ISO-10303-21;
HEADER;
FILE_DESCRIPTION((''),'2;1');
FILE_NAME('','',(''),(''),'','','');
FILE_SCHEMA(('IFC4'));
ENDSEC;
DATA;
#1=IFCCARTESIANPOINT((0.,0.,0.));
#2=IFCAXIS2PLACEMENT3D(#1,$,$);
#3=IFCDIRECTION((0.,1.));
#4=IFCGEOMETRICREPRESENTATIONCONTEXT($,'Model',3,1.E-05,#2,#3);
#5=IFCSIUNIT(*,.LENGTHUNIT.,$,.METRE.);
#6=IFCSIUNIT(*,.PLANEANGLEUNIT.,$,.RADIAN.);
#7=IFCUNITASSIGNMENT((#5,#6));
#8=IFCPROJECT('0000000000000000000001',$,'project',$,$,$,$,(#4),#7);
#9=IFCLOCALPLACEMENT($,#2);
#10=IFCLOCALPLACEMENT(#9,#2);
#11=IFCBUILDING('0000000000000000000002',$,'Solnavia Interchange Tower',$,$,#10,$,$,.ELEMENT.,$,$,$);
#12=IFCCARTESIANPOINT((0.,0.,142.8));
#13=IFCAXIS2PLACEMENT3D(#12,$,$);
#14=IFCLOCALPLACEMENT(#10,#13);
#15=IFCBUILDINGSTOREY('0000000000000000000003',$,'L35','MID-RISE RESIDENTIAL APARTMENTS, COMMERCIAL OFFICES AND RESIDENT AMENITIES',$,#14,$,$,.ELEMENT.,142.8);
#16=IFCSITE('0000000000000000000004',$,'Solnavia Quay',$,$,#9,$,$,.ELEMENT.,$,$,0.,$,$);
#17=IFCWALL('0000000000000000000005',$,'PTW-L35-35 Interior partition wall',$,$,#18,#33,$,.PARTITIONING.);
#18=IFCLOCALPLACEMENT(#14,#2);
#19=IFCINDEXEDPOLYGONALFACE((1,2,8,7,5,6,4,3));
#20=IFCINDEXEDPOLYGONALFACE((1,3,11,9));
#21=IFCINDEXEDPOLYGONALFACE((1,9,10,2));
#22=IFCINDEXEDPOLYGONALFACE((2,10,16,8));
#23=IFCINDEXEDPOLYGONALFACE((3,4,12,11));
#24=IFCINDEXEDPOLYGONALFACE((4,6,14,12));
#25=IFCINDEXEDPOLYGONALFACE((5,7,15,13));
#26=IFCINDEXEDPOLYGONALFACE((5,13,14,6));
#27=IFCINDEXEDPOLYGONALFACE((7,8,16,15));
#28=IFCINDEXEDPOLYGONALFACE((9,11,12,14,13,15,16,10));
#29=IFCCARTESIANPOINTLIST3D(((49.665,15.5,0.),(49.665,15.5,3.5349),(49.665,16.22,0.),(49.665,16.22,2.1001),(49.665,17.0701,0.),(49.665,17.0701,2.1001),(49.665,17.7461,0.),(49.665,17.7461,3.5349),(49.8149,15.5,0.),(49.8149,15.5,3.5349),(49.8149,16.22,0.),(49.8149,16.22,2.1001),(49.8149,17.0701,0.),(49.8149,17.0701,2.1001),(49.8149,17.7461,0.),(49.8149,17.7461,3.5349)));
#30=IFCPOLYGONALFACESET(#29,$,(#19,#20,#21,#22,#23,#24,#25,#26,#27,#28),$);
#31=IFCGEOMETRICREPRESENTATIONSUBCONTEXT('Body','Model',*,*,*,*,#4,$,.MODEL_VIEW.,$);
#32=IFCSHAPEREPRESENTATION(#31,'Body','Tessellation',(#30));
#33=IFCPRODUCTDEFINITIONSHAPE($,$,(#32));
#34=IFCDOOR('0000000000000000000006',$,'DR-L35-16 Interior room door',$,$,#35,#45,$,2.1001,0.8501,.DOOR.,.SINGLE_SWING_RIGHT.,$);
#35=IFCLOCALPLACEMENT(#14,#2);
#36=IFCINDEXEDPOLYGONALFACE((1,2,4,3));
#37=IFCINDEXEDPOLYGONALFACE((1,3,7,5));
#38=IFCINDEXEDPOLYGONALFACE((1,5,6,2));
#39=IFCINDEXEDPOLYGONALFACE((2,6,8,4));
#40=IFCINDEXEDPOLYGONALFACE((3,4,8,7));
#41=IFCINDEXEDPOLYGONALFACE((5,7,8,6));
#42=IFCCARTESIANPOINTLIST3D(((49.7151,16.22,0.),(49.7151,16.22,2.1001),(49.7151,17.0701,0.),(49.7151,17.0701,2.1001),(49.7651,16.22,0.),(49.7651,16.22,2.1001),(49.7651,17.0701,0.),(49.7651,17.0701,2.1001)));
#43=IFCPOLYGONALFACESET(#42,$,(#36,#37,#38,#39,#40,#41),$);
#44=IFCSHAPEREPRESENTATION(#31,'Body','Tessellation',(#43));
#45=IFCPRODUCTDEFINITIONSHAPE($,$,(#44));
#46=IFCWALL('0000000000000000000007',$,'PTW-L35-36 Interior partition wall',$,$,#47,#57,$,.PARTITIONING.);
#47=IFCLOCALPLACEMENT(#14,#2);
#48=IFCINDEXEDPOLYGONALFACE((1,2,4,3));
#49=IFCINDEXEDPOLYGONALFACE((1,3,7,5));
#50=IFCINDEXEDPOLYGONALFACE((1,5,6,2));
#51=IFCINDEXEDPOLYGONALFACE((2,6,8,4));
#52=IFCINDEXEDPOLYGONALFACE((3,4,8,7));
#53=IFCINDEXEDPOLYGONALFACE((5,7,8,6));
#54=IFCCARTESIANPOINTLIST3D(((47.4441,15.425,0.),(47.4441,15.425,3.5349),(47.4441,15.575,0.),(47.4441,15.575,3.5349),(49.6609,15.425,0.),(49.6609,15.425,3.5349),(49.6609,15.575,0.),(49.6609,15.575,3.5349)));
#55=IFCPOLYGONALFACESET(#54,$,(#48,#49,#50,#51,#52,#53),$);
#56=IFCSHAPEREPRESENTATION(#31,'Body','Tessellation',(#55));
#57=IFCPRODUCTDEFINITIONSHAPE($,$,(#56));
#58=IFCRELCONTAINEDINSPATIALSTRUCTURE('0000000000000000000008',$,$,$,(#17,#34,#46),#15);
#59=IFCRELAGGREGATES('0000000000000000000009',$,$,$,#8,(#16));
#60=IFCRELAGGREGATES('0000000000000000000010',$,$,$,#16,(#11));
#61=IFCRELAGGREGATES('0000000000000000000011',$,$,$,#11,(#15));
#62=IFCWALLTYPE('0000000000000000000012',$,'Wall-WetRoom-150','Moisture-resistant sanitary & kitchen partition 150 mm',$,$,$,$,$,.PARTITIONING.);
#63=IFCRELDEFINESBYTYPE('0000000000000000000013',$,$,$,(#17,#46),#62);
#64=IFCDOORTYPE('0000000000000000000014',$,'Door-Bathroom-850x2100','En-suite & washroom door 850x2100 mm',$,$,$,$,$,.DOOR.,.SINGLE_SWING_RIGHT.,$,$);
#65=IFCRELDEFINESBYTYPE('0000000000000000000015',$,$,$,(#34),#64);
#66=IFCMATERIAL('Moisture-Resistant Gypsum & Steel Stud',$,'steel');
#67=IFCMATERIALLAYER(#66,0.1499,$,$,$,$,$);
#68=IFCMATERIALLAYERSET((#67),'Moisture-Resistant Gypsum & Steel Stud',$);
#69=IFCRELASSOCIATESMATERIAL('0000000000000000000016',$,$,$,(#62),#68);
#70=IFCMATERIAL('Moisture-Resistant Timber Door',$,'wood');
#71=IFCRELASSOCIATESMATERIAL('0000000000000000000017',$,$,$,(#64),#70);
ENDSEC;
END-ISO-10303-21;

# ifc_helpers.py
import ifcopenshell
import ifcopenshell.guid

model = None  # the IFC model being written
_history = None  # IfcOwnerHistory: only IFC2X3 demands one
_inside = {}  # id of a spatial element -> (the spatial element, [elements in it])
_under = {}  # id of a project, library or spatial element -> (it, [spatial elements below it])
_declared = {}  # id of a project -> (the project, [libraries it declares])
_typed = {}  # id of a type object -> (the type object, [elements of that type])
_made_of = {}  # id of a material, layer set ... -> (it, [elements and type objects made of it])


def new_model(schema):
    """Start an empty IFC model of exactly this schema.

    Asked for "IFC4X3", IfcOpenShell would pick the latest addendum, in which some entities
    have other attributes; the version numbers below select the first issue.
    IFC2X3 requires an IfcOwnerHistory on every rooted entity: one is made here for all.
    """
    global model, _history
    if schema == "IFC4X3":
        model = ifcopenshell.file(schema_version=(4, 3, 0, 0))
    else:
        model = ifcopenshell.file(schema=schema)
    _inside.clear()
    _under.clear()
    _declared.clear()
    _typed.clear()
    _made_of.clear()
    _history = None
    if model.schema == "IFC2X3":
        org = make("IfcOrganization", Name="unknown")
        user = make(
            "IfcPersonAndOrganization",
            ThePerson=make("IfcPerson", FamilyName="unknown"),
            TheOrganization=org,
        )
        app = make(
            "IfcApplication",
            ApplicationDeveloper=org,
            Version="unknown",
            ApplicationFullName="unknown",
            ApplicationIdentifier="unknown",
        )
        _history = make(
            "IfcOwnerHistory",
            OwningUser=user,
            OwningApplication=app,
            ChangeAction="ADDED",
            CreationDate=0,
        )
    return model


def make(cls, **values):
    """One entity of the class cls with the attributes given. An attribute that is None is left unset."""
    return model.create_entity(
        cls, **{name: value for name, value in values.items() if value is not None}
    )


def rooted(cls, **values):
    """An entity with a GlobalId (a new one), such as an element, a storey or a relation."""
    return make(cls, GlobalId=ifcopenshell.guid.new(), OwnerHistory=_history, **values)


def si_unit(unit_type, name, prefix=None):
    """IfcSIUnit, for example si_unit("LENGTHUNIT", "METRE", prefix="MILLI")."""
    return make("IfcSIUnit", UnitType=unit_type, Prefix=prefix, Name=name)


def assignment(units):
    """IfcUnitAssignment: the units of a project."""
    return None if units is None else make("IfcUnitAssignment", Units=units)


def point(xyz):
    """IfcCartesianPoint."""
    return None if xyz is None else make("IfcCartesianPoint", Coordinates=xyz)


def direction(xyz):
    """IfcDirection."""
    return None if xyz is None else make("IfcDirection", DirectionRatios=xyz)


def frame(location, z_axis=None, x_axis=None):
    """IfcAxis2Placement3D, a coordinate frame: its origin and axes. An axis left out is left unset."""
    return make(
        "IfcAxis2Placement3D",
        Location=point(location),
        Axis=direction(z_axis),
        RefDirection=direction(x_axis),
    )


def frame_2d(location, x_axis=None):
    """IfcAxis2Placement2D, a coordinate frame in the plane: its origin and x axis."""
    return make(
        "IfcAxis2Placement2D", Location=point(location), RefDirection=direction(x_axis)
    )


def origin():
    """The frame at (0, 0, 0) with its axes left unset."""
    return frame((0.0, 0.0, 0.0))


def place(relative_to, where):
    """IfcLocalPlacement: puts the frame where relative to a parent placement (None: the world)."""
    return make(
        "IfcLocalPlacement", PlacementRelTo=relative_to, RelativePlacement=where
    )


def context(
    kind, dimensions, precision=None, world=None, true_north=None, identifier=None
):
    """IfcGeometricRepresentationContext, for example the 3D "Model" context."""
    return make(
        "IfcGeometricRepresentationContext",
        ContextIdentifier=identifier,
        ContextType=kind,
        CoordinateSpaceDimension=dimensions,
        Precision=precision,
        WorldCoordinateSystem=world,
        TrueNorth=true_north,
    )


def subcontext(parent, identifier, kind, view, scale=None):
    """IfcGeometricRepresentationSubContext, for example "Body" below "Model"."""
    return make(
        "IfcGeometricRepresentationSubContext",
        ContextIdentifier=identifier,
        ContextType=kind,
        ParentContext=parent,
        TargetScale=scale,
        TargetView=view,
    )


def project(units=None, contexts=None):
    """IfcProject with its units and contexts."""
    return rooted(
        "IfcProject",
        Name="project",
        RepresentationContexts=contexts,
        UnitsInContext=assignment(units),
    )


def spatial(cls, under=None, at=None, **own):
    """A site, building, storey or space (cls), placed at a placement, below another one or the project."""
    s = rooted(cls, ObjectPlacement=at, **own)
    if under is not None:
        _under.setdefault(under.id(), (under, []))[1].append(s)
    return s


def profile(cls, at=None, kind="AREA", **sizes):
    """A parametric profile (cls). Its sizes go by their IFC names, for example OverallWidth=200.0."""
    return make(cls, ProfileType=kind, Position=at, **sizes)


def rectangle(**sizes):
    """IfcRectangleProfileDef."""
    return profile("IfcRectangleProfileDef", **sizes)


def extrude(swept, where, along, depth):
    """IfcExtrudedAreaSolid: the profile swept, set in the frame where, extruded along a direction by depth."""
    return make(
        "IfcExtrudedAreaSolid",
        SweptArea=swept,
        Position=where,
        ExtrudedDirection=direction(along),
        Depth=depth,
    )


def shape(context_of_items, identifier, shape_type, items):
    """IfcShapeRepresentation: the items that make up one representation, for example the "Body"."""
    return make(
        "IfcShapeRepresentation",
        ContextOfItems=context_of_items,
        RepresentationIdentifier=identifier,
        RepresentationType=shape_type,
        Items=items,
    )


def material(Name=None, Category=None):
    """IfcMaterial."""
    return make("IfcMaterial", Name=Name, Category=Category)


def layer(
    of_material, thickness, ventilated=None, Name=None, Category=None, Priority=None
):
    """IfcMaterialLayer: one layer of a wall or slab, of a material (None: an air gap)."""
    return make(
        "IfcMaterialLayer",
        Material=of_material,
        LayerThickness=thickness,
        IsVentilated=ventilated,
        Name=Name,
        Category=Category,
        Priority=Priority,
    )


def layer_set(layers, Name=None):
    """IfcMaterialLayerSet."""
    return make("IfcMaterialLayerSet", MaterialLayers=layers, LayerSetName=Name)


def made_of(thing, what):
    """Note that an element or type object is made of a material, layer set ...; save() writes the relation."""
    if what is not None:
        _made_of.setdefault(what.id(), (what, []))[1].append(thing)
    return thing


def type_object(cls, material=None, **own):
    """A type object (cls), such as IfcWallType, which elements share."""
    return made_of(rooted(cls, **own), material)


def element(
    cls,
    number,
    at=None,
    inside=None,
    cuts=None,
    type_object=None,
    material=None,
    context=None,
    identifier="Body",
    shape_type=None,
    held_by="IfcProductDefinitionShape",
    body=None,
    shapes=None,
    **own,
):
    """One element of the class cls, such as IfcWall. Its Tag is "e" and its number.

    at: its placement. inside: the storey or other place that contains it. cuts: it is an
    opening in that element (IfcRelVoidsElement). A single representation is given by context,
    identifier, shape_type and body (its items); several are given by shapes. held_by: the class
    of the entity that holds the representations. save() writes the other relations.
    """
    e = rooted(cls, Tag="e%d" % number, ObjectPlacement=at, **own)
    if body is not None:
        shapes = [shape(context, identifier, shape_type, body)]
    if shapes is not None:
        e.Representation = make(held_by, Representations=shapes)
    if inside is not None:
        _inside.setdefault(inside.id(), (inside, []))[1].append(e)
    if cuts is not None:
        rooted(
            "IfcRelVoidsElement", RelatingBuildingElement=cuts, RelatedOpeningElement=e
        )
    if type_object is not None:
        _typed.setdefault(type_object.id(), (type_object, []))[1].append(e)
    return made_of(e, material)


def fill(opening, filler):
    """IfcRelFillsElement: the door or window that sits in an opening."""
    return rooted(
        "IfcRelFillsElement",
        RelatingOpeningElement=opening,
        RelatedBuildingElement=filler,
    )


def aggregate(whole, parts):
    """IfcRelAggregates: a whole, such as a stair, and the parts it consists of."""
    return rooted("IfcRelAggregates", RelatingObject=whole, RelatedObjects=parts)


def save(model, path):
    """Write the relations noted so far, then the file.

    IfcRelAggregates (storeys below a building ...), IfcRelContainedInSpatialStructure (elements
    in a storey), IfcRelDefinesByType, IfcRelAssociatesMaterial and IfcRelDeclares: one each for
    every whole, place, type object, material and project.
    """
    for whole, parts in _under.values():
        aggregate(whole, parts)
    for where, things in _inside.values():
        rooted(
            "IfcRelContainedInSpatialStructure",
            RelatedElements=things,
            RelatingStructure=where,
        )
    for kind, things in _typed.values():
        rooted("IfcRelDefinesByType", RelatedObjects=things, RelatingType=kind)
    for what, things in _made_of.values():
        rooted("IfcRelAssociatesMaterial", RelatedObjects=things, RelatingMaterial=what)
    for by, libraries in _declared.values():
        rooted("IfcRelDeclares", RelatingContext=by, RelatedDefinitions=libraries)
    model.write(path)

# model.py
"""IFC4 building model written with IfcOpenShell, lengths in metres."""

from ifc_helpers import new_model, si_unit, direction, frame, frame_2d, origin, place, context, subcontext, project, spatial, rectangle, extrude, material, layer, layer_set, type_object, element, fill, save


model = new_model("IFC4")

# Units and contexts
model_context = context("Model", 3, precision=1e-05, world=origin(), true_north=direction((0.0, 1.0)))
body_context = subcontext(model_context, "Body", "Model", "MODEL_VIEW")
ifc_project = project(units=[si_unit("LENGTHUNIT", "METRE"), si_unit("PLANEANGLEUNIT", "RADIAN")], contexts=[model_context])

# Site, building, storey
site_placement = place(None, origin())
site = spatial("IfcSite", under=ifc_project, at=site_placement, Name="Solnavia Quay", CompositionType="ELEMENT", RefElevation=0.0)
building_placement = place(site_placement, origin())
building = spatial("IfcBuilding", under=site, at=building_placement, Name="Solnavia Interchange Tower", CompositionType="ELEMENT")
storey_placement = place(building_placement, frame((0.0, 0.0, 142.8)))
storey = spatial("IfcBuildingStorey", under=building, at=storey_placement, Name="L35", Description="MID-RISE RESIDENTIAL APARTMENTS, COMMERCIAL OFFICES AND RESIDENT AMENITIES", CompositionType="ELEMENT", Elevation=142.8)

# Wall, opening, door
ifc_material_1 = material(Name="Moisture-Resistant Gypsum & Steel Stud", Category="steel")
ifc_layer_1 = layer(ifc_material_1, 0.1499)
ifc_layer_set_1 = layer_set([ifc_layer_1], Name="Moisture-Resistant Gypsum & Steel Stud")
wall_type_1 = type_object("IfcWallType", Name="Wall-WetRoom-150", Description="Moisture-resistant sanitary & kitchen partition 150 mm", PredefinedType="PARTITIONING", material=ifc_layer_set_1)
wall_1_placement = place(storey_placement, frame((49.74, 15.5, 0.0), z_axis=(0.0, 0.0, 1.0), x_axis=(0.0, 1.0, 0.0)))
wall_1 = element("IfcWall", 1, at=wall_1_placement, inside=storey, type_object=wall_type_1, Name="PTW-L35-35 Interior partition wall", PredefinedType="PARTITIONING", context=body_context, shape_type="SweptSolid", body=[
    extrude(rectangle(XDim=2.2461, YDim=0.1499, at=frame_2d((1.123, 0.0))), origin(), (0.0, 0.0, 1.0), 3.5349),
])
opening_1_placement = place(wall_1_placement, frame((0.72, 0.0, 0.0)))
opening_1 = element("IfcOpeningElement", 2, at=opening_1_placement, cuts=wall_1, PredefinedType="OPENING", context=body_context, shape_type="SweptSolid", body=[
    extrude(rectangle(XDim=0.8501, YDim=2.1001, at=frame_2d((0.425, 1.05))), frame((0.0, 0.085, 0.0), z_axis=(0.0, -1.0, 0.0), x_axis=(1.0, 0.0, 0.0)), (0.0, 0.0, 1.0), 0.1699),
])
ifc_material_2 = material(Name="Moisture-Resistant Timber Door", Category="wood")
door_type_1 = type_object("IfcDoorType", Name="Door-Bathroom-850x2100", Description="En-suite & washroom door 850x2100 mm", OperationType="SINGLE_SWING_RIGHT", PredefinedType="DOOR", material=ifc_material_2)
door_1_placement = place(opening_1_placement, origin())
door_1 = element("IfcDoor", 3, at=door_1_placement, inside=storey, type_object=door_type_1, Name="DR-L35-16 Interior room door", OperationType="SINGLE_SWING_RIGHT", OverallHeight=2.1001, OverallWidth=0.8501, PredefinedType="DOOR", context=body_context, shape_type="SweptSolid", body=[
    extrude(rectangle(XDim=0.8501, YDim=2.1001, at=frame_2d((0.425, 1.05))), frame((0.0, 0.0249, 0.0), z_axis=(0.0, -1.0, 0.0), x_axis=(1.0, 0.0, 0.0)), (0.0, 0.0, 1.0), 0.05),
])
fill(opening_1, door_1)

# Wall
wall_2_placement = place(storey_placement, frame((47.4441, 15.5, 0.0), z_axis=(0.0, 0.0, 1.0), x_axis=(1.0, 0.0, 0.0)))
element("IfcWall", 4, at=wall_2_placement, inside=storey, type_object=wall_type_1, Name="PTW-L35-36 Interior partition wall", PredefinedType="PARTITIONING", context=body_context, shape_type="SweptSolid", body=[
    extrude(rectangle(XDim=2.2168, YDim=0.1499, at=frame_2d((1.1084, 0.0))), origin(), (0.0, 0.0, 1.0), 3.5349),
])

save(model, "model.ifc")
